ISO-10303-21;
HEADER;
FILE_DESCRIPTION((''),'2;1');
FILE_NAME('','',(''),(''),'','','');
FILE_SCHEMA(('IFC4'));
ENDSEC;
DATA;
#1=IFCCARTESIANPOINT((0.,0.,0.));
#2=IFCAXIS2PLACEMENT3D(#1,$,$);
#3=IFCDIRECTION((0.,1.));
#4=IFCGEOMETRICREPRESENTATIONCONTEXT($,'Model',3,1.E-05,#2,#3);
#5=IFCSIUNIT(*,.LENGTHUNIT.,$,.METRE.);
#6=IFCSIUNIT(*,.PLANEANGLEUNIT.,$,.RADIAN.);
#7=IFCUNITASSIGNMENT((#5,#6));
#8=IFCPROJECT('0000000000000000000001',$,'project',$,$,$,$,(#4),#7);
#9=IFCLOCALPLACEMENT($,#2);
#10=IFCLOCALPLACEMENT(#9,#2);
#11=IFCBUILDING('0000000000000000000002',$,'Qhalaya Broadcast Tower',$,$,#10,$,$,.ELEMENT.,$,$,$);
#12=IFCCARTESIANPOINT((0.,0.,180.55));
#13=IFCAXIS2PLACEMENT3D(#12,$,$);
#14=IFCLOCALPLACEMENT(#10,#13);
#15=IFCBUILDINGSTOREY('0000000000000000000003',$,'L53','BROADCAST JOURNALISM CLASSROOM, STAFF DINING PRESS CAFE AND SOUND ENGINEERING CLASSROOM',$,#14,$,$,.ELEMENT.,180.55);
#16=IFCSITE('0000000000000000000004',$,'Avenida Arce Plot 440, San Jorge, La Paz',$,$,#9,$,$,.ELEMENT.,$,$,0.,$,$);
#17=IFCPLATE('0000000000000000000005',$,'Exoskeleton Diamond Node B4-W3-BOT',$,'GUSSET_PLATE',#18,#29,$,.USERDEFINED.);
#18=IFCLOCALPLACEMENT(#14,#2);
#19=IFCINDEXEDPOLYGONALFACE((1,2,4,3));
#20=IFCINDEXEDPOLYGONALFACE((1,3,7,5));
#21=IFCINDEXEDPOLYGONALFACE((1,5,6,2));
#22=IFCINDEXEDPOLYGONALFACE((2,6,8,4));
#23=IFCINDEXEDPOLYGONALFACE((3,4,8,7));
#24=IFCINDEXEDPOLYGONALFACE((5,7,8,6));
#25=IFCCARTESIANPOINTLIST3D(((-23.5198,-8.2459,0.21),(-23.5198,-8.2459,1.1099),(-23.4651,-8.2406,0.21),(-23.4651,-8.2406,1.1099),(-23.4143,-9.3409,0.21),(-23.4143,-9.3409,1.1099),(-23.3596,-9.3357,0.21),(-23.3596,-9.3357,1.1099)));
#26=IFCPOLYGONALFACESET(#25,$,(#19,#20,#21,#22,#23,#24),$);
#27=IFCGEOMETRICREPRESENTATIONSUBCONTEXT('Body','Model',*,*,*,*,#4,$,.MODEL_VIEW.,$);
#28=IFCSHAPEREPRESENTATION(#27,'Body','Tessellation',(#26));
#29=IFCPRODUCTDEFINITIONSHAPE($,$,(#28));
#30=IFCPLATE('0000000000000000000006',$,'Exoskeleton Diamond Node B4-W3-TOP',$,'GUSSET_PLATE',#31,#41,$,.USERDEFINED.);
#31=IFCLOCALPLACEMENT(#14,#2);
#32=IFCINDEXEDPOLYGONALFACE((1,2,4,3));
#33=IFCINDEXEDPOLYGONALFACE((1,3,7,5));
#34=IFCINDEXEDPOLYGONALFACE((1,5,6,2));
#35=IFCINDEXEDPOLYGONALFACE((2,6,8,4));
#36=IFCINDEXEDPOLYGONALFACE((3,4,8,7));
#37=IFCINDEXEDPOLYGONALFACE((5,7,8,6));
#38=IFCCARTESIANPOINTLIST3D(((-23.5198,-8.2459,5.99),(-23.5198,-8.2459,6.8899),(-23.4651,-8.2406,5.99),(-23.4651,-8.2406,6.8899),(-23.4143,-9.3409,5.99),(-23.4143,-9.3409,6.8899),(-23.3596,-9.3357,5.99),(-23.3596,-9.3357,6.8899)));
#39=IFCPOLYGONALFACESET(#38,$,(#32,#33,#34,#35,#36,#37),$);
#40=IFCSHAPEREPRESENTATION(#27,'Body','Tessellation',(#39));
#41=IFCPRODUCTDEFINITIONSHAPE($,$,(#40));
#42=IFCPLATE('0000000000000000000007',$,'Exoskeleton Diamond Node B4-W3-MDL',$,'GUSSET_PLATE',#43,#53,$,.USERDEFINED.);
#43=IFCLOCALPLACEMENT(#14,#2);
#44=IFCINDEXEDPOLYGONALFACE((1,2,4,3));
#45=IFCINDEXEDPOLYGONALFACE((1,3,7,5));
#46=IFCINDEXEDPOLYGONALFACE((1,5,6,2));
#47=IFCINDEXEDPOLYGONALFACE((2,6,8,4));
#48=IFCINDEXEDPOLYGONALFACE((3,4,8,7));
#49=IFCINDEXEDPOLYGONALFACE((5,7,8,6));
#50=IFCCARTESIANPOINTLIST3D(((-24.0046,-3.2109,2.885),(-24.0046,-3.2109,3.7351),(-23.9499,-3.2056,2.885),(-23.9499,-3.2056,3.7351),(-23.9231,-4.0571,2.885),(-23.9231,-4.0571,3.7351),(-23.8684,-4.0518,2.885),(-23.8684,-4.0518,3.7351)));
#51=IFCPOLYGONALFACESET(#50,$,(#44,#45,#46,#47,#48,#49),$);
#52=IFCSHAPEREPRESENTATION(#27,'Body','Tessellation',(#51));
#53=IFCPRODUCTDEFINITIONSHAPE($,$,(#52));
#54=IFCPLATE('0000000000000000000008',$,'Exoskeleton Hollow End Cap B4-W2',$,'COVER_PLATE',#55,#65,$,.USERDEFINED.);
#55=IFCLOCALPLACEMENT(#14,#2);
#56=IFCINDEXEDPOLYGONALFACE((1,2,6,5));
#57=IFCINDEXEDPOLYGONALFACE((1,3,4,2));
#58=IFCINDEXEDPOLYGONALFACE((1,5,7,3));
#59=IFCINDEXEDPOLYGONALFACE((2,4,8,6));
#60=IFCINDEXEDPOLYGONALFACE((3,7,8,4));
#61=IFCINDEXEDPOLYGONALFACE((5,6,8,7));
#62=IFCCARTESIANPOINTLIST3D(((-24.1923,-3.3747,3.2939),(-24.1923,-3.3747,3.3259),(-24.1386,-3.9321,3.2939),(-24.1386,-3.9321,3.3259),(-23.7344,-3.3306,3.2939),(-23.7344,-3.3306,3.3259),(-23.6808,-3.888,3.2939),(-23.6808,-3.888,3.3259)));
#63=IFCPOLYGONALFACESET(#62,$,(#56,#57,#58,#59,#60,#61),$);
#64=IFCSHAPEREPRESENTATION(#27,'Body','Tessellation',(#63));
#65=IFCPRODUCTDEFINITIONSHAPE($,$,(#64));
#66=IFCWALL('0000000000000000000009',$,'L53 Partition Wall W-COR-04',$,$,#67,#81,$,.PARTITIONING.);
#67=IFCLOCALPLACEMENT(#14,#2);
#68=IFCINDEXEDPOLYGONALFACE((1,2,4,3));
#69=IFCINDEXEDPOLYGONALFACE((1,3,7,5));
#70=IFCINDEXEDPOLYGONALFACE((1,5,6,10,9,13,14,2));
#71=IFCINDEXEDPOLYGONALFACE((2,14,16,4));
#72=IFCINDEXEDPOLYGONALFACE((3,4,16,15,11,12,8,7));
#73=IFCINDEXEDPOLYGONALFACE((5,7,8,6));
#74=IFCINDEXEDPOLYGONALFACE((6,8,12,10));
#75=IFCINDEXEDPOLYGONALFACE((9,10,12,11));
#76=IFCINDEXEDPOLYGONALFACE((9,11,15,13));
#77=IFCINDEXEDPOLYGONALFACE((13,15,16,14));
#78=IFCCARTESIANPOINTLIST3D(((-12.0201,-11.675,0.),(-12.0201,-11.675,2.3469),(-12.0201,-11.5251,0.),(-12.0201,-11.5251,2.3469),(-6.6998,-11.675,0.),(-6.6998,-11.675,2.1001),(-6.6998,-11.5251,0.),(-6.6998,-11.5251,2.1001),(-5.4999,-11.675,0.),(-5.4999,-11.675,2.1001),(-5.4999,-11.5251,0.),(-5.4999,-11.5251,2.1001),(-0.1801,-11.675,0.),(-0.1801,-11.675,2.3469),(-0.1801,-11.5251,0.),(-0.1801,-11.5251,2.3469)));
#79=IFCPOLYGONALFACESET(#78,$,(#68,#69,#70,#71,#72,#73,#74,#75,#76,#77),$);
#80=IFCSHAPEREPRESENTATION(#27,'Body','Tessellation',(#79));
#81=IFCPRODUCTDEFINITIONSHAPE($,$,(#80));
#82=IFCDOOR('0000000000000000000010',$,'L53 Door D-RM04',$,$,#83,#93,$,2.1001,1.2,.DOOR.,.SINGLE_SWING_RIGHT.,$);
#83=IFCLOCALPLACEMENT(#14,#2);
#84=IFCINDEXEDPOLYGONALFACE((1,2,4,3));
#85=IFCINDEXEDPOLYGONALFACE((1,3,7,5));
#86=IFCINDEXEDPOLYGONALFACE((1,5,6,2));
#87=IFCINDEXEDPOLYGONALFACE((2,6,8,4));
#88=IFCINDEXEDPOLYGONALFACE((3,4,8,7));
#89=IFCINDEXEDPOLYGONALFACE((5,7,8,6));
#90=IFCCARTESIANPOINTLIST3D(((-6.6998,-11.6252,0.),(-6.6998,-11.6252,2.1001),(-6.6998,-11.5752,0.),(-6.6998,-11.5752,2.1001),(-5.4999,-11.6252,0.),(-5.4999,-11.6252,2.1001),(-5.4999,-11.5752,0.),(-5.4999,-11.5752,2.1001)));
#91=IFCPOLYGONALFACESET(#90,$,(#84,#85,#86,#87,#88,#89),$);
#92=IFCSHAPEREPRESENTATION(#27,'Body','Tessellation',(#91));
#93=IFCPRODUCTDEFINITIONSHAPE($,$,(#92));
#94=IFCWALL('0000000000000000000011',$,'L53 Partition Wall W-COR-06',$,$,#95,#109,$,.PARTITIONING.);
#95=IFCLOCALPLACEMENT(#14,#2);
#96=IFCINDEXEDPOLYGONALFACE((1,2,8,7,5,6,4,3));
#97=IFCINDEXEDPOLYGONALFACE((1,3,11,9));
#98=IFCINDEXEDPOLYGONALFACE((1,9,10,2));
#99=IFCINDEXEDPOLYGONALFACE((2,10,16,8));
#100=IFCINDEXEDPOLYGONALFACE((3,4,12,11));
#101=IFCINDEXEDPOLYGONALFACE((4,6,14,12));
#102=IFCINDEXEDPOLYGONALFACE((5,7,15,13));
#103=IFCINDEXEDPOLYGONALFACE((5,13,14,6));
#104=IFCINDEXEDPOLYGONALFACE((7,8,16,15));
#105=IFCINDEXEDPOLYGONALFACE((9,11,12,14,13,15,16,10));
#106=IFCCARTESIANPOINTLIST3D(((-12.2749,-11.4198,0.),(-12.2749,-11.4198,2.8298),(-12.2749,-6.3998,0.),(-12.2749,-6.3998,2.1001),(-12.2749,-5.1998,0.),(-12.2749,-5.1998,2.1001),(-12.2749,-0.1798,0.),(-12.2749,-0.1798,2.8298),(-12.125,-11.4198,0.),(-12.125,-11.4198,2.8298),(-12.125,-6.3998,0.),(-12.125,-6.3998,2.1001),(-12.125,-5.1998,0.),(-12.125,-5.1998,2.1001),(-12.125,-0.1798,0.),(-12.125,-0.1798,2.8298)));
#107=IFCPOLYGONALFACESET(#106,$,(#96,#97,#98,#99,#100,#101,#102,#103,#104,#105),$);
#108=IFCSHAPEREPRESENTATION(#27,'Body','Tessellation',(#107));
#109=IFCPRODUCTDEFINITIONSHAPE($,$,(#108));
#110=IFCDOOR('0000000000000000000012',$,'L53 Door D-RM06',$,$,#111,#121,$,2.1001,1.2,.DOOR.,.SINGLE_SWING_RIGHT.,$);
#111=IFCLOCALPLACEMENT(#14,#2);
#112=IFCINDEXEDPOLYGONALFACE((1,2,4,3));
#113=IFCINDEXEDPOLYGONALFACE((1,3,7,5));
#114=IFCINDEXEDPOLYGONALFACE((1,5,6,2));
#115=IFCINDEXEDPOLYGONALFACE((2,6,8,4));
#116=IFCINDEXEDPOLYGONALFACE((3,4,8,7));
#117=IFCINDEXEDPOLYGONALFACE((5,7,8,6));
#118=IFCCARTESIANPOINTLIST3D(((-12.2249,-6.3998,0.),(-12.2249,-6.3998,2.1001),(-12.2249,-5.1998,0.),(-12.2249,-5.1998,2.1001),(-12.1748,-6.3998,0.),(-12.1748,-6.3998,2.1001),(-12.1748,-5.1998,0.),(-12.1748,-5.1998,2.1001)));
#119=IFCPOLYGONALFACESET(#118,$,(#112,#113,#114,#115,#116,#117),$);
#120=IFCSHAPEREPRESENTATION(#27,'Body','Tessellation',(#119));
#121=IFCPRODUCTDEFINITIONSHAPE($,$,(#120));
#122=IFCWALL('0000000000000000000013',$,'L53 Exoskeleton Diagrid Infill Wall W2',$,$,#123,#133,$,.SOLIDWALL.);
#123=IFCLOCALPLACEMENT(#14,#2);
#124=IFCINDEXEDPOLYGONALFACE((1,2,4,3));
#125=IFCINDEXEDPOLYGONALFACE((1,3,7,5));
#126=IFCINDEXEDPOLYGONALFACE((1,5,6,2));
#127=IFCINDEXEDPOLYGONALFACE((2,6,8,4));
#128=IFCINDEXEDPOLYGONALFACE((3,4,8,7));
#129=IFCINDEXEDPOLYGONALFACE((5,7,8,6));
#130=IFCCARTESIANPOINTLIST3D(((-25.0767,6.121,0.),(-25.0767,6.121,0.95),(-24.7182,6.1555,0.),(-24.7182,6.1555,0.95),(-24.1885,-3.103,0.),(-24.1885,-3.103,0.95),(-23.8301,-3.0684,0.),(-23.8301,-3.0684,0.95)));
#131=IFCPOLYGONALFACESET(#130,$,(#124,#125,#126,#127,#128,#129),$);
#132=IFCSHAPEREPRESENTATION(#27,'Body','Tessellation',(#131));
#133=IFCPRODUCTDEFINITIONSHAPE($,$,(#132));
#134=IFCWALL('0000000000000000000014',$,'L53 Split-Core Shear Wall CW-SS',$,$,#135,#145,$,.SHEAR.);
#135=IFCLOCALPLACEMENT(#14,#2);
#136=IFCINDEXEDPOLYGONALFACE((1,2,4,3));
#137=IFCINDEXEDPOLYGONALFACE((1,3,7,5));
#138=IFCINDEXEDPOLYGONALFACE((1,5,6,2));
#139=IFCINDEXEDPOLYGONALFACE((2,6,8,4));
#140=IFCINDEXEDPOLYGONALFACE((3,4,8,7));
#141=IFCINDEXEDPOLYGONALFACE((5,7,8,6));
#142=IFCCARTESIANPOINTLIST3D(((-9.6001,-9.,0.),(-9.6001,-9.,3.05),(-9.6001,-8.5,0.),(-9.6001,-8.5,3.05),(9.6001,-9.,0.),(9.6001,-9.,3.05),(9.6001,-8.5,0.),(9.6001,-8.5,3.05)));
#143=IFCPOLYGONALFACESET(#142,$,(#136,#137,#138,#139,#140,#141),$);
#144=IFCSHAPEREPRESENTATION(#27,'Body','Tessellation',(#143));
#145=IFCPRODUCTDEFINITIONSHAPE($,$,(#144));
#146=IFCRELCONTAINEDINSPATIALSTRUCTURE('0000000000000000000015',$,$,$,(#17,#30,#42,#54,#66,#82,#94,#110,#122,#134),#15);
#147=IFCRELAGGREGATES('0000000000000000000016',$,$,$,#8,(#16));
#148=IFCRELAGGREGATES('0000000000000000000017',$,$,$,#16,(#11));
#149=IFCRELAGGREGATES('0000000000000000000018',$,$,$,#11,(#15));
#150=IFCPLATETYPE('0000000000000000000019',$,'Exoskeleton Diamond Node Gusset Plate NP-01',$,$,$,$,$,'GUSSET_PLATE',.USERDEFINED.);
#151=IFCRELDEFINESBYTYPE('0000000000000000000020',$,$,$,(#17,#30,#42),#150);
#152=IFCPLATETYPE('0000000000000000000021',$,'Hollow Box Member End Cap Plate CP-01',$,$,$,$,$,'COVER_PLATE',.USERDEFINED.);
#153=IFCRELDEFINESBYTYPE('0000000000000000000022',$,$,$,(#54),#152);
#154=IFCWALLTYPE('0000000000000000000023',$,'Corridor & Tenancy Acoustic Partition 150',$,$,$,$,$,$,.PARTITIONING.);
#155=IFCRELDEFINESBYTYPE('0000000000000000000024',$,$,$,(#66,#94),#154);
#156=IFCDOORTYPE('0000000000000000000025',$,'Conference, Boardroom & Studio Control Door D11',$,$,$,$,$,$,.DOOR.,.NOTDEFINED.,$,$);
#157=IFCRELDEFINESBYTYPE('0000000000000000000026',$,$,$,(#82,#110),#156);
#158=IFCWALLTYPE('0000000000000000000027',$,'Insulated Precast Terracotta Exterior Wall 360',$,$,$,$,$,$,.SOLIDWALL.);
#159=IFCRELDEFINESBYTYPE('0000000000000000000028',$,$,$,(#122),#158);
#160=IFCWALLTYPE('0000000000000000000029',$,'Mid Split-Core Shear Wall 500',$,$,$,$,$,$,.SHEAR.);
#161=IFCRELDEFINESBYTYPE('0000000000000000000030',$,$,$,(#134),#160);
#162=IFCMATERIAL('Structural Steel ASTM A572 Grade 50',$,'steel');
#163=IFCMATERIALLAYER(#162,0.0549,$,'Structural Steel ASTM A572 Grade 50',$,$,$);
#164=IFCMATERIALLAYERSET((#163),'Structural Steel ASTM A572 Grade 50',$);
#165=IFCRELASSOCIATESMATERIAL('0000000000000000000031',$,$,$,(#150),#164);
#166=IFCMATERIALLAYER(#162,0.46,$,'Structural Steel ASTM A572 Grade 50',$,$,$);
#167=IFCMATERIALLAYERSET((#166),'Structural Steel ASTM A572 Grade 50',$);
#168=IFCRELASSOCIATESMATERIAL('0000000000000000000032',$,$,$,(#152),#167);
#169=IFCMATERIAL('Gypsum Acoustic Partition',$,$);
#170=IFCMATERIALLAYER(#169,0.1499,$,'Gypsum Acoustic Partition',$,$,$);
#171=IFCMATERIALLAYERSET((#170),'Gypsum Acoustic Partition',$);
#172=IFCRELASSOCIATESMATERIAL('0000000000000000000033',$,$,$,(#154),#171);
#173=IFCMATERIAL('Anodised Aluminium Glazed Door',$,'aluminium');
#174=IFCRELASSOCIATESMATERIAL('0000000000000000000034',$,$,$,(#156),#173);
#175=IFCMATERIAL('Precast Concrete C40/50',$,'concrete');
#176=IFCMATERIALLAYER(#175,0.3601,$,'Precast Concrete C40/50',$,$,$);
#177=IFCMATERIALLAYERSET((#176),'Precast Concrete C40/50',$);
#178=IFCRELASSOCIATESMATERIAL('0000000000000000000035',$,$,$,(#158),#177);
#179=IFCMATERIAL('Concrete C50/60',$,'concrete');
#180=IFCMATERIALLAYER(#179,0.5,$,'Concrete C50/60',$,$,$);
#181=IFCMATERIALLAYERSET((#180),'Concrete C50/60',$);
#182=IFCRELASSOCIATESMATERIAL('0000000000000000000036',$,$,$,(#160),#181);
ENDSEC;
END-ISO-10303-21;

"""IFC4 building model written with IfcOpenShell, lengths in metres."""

from ifc_helpers import new_model, si_unit, direction, frame, frame_2d, origin, origin_2d, place, context, subcontext, project, spatial, rectangle, extrude, material, layer, layer_set, type_object, element, fill, save


model = new_model("IFC4")

# Units and contexts
model_context = context("Model", 3, precision=1e-05, world=origin(), true_north=direction((0.0, 1.0)))
body_context = subcontext(model_context, "Body", "Model", "MODEL_VIEW")
ifc_project = project(units=[si_unit("LENGTHUNIT", "METRE"), si_unit("PLANEANGLEUNIT", "RADIAN")], contexts=[model_context])

# Site, building, storey
site_placement = place(None, origin())
site = spatial("IfcSite", under=ifc_project, at=site_placement, Name="Avenida Arce Plot 440, San Jorge, La Paz", CompositionType="ELEMENT", RefElevation=0.0)
building_placement = place(site_placement, origin())
building = spatial("IfcBuilding", under=site, at=building_placement, Name="Qhalaya Broadcast Tower", CompositionType="ELEMENT")
storey_placement = place(building_placement, frame((0.0, 0.0, 180.55)))
storey = spatial("IfcBuildingStorey", under=building, at=storey_placement, Name="L53", Description="BROADCAST JOURNALISM CLASSROOM, STAFF DINING PRESS CAFE AND SOUND ENGINEERING CLASSROOM", CompositionType="ELEMENT", Elevation=180.55)

# Shared definitions
ifc_material_1 = material(Name="Structural Steel ASTM A572 Grade 50", Category="steel")

# Plates
ifc_layer_1 = layer(ifc_material_1, 0.0549, Name="Structural Steel ASTM A572 Grade 50")
ifc_layer_set_1 = layer_set([ifc_layer_1], Name="Structural Steel ASTM A572 Grade 50")
plate_type_1 = type_object("IfcPlateType", Name="Exoskeleton Diamond Node Gusset Plate NP-01", ElementType="GUSSET_PLATE", PredefinedType="USERDEFINED", material=ifc_layer_set_1)
for number, where, z_axis, x_axis, name in (
    (1, (-23.4397, -8.7908, 0.21), (0.0, 0.0, 1.0), (-0.095846, 0.995396, 0.0), "Exoskeleton Diamond Node B4-W3-BOT"),
    (2, (-23.4397, -8.7908, 5.99), (0.0, 0.0, 1.0), (-0.095846, 0.995396, 0.0), "Exoskeleton Diamond Node B4-W3-TOP"),
):
    element("IfcPlate", number, at=place(storey_placement, frame(where, z_axis=z_axis, x_axis=x_axis)), inside=storey, type_object=plate_type_1, Name=name, ObjectType="GUSSET_PLATE", PredefinedType="USERDEFINED", context=body_context, shape_type="SweptSolid", body=[
        extrude(rectangle(XDim=1.1001, YDim=0.0549, at=origin_2d()), origin(), (0.0, 0.0, 1.0), 0.8999),
    ])
plate_1_placement = place(storey_placement, frame((-23.9365, -3.6313, 2.885), z_axis=(0.0, 0.0, 1.0), x_axis=(-0.095846, 0.995396, 0.0)))
element("IfcPlate", 3, at=plate_1_placement, inside=storey, type_object=plate_type_1, Name="Exoskeleton Diamond Node B4-W3-MDL", ObjectType="GUSSET_PLATE", PredefinedType="USERDEFINED", context=body_context, shape_type="SweptSolid", body=[
    extrude(rectangle(XDim=0.8501, YDim=0.0549, at=origin_2d()), origin(), (0.0, 0.0, 1.0), 0.8501),
])
ifc_layer_2 = layer(ifc_material_1, 0.46, Name="Structural Steel ASTM A572 Grade 50")
ifc_layer_set_2 = layer_set([ifc_layer_2], Name="Structural Steel ASTM A572 Grade 50")
plate_type_2 = type_object("IfcPlateType", Name="Hollow Box Member End Cap Plate CP-01", ElementType="COVER_PLATE", PredefinedType="USERDEFINED", material=ifc_layer_set_2)
plate_2_placement = place(storey_placement, frame((-23.9365, -3.6313, 3.2939), z_axis=(0.0, 0.0, 1.0), x_axis=(-0.095846, 0.995396, 0.0)))
element("IfcPlate", 4, at=plate_2_placement, inside=storey, type_object=plate_type_2, Name="Exoskeleton Hollow End Cap B4-W2", ObjectType="COVER_PLATE", PredefinedType="USERDEFINED", context=body_context, shape_type="SweptSolid", body=[
    extrude(rectangle(XDim=0.5601, YDim=0.46, at=origin_2d()), origin(), (0.0, 0.0, 1.0), 0.032),
])

# Walls, openings, doors
ifc_material_2 = material(Name="Gypsum Acoustic Partition")
ifc_layer_3 = layer(ifc_material_2, 0.1499, Name="Gypsum Acoustic Partition")
ifc_layer_set_3 = layer_set([ifc_layer_3], Name="Gypsum Acoustic Partition")
wall_type_1 = type_object("IfcWallType", Name="Corridor & Tenancy Acoustic Partition 150", PredefinedType="PARTITIONING", material=ifc_layer_set_3)
wall_1_placement = place(storey_placement, frame((-12.02, -11.6001, 0.0), z_axis=(0.0, 0.0, 1.0), x_axis=(1.0, 0.0, 0.0)))
wall_1 = element("IfcWall", 5, at=wall_1_placement, inside=storey, type_object=wall_type_1, Name="L53 Partition Wall W-COR-04", PredefinedType="PARTITIONING", context=body_context, shape_type="SweptSolid", body=[
    extrude(rectangle(XDim=11.8401, YDim=0.1499, at=frame_2d((5.9199, 0.0))), origin(), (0.0, 0.0, 1.0), 2.3469),
])
opening_1_placement = place(wall_1_placement, frame((5.3201, 0.0, 0.0)))
opening_1 = element("IfcOpeningElement", 6, at=opening_1_placement, cuts=wall_1, PredefinedType="OPENING", context=body_context, shape_type="SweptSolid", body=[
    extrude(rectangle(XDim=1.2, YDim=2.1001, at=frame_2d((0.6001, 1.05))), frame((0.0, 0.0869, 0.0), z_axis=(0.0, -1.0, 0.0), x_axis=(1.0, 0.0, 0.0)), (0.0, 0.0, 1.0), 0.1738),
])
ifc_material_3 = material(Name="Anodised Aluminium Glazed Door", Category="aluminium")
door_type_1 = type_object("IfcDoorType", Name="Conference, Boardroom & Studio Control Door D11", OperationType="NOTDEFINED", PredefinedType="DOOR", material=ifc_material_3)
door_1_placement = place(opening_1_placement, origin())
door_1 = element("IfcDoor", 7, at=door_1_placement, inside=storey, type_object=door_type_1, Name="L53 Door D-RM04", OperationType="SINGLE_SWING_RIGHT", OverallHeight=2.1001, OverallWidth=1.2, PredefinedType="DOOR", context=body_context, shape_type="SweptSolid", body=[
    extrude(rectangle(XDim=1.2, YDim=2.1001, at=frame_2d((0.6001, 1.05))), frame((0.0, 0.0249, 0.0), z_axis=(0.0, -1.0, 0.0), x_axis=(1.0, 0.0, 0.0)), (0.0, 0.0, 1.0), 0.05),
])
fill(opening_1, door_1)
wall_2_placement = place(storey_placement, frame((-12.2, -11.4199, 0.0), z_axis=(0.0, 0.0, 1.0), x_axis=(0.0, 1.0, 0.0)))
wall_2 = element("IfcWall", 8, at=wall_2_placement, inside=storey, type_object=wall_type_1, Name="L53 Partition Wall W-COR-06", PredefinedType="PARTITIONING", context=body_context, shape_type="SweptSolid", body=[
    extrude(rectangle(XDim=11.24, YDim=0.1499, at=frame_2d((5.6201, 0.0))), origin(), (0.0, 0.0, 1.0), 2.8298),
])
opening_2_placement = place(wall_2_placement, frame((5.02, 0.0, 0.0)))
opening_2 = element("IfcOpeningElement", 9, at=opening_2_placement, cuts=wall_2, PredefinedType="OPENING", context=body_context, shape_type="SweptSolid", body=[
    extrude(rectangle(XDim=1.2, YDim=2.1001, at=frame_2d((0.6001, 1.05))), frame((0.0, 0.0869, 0.0), z_axis=(0.0, -1.0, 0.0), x_axis=(1.0, 0.0, 0.0)), (0.0, 0.0, 1.0), 0.1738),
])
door_2_placement = place(opening_2_placement, origin())
door_2 = element("IfcDoor", 10, at=door_2_placement, inside=storey, type_object=door_type_1, Name="L53 Door D-RM06", OperationType="SINGLE_SWING_RIGHT", OverallHeight=2.1001, OverallWidth=1.2, PredefinedType="DOOR", context=body_context, shape_type="SweptSolid", body=[
    extrude(rectangle(XDim=1.2, YDim=2.1001, at=frame_2d((0.6001, 1.05))), frame((0.0, 0.0249, 0.0), z_axis=(0.0, -1.0, 0.0), x_axis=(1.0, 0.0, 0.0)), (0.0, 0.0, 1.0), 0.05),
])
fill(opening_2, door_2)

# Walls
ifc_material_4 = material(Name="Precast Concrete C40/50", Category="concrete")
ifc_layer_4 = layer(ifc_material_4, 0.3601, Name="Precast Concrete C40/50")
ifc_layer_set_4 = layer_set([ifc_layer_4], Name="Precast Concrete C40/50")
wall_type_2 = type_object("IfcWallType", Name="Insulated Precast Terracotta Exterior Wall 360", PredefinedType="SOLIDWALL", material=ifc_layer_set_4)
wall_3_placement = place(storey_placement, frame((-24.0093, -3.0857, 0.0), z_axis=(0.0, 0.0, 1.0), x_axis=(-0.095848, 0.995396, 0.0)))
element("IfcWall", 11, at=wall_3_placement, inside=storey, type_object=wall_type_2, Name="L53 Exoskeleton Diagrid Infill Wall W2", PredefinedType="SOLIDWALL", context=body_context, shape_type="SweptSolid", body=[
    extrude(rectangle(XDim=9.2666, YDim=0.3601, at=frame_2d((4.6333, 0.0))), origin(), (0.0, 0.0, 1.0), 0.95),
])
ifc_material_5 = material(Name="Concrete C50/60", Category="concrete")
ifc_layer_5 = layer(ifc_material_5, 0.5, Name="Concrete C50/60")
ifc_layer_set_5 = layer_set([ifc_layer_5], Name="Concrete C50/60")
wall_type_3 = type_object("IfcWallType", Name="Mid Split-Core Shear Wall 500", PredefinedType="SHEAR", material=ifc_layer_set_5)
wall_4_placement = place(storey_placement, frame((-9.6001, -8.75, 0.0), z_axis=(0.0, 0.0, 1.0), x_axis=(1.0, 0.0, 0.0)))
element("IfcWall", 12, at=wall_4_placement, inside=storey, type_object=wall_type_3, Name="L53 Split-Core Shear Wall CW-SS", PredefinedType="SHEAR", context=body_context, shape_type="SweptSolid", body=[
    extrude(rectangle(XDim=19.2002, YDim=0.5, at=frame_2d((9.6001, 0.0))), origin(), (0.0, 0.0, 1.0), 3.05),
])

save(model, "model.ifc")
